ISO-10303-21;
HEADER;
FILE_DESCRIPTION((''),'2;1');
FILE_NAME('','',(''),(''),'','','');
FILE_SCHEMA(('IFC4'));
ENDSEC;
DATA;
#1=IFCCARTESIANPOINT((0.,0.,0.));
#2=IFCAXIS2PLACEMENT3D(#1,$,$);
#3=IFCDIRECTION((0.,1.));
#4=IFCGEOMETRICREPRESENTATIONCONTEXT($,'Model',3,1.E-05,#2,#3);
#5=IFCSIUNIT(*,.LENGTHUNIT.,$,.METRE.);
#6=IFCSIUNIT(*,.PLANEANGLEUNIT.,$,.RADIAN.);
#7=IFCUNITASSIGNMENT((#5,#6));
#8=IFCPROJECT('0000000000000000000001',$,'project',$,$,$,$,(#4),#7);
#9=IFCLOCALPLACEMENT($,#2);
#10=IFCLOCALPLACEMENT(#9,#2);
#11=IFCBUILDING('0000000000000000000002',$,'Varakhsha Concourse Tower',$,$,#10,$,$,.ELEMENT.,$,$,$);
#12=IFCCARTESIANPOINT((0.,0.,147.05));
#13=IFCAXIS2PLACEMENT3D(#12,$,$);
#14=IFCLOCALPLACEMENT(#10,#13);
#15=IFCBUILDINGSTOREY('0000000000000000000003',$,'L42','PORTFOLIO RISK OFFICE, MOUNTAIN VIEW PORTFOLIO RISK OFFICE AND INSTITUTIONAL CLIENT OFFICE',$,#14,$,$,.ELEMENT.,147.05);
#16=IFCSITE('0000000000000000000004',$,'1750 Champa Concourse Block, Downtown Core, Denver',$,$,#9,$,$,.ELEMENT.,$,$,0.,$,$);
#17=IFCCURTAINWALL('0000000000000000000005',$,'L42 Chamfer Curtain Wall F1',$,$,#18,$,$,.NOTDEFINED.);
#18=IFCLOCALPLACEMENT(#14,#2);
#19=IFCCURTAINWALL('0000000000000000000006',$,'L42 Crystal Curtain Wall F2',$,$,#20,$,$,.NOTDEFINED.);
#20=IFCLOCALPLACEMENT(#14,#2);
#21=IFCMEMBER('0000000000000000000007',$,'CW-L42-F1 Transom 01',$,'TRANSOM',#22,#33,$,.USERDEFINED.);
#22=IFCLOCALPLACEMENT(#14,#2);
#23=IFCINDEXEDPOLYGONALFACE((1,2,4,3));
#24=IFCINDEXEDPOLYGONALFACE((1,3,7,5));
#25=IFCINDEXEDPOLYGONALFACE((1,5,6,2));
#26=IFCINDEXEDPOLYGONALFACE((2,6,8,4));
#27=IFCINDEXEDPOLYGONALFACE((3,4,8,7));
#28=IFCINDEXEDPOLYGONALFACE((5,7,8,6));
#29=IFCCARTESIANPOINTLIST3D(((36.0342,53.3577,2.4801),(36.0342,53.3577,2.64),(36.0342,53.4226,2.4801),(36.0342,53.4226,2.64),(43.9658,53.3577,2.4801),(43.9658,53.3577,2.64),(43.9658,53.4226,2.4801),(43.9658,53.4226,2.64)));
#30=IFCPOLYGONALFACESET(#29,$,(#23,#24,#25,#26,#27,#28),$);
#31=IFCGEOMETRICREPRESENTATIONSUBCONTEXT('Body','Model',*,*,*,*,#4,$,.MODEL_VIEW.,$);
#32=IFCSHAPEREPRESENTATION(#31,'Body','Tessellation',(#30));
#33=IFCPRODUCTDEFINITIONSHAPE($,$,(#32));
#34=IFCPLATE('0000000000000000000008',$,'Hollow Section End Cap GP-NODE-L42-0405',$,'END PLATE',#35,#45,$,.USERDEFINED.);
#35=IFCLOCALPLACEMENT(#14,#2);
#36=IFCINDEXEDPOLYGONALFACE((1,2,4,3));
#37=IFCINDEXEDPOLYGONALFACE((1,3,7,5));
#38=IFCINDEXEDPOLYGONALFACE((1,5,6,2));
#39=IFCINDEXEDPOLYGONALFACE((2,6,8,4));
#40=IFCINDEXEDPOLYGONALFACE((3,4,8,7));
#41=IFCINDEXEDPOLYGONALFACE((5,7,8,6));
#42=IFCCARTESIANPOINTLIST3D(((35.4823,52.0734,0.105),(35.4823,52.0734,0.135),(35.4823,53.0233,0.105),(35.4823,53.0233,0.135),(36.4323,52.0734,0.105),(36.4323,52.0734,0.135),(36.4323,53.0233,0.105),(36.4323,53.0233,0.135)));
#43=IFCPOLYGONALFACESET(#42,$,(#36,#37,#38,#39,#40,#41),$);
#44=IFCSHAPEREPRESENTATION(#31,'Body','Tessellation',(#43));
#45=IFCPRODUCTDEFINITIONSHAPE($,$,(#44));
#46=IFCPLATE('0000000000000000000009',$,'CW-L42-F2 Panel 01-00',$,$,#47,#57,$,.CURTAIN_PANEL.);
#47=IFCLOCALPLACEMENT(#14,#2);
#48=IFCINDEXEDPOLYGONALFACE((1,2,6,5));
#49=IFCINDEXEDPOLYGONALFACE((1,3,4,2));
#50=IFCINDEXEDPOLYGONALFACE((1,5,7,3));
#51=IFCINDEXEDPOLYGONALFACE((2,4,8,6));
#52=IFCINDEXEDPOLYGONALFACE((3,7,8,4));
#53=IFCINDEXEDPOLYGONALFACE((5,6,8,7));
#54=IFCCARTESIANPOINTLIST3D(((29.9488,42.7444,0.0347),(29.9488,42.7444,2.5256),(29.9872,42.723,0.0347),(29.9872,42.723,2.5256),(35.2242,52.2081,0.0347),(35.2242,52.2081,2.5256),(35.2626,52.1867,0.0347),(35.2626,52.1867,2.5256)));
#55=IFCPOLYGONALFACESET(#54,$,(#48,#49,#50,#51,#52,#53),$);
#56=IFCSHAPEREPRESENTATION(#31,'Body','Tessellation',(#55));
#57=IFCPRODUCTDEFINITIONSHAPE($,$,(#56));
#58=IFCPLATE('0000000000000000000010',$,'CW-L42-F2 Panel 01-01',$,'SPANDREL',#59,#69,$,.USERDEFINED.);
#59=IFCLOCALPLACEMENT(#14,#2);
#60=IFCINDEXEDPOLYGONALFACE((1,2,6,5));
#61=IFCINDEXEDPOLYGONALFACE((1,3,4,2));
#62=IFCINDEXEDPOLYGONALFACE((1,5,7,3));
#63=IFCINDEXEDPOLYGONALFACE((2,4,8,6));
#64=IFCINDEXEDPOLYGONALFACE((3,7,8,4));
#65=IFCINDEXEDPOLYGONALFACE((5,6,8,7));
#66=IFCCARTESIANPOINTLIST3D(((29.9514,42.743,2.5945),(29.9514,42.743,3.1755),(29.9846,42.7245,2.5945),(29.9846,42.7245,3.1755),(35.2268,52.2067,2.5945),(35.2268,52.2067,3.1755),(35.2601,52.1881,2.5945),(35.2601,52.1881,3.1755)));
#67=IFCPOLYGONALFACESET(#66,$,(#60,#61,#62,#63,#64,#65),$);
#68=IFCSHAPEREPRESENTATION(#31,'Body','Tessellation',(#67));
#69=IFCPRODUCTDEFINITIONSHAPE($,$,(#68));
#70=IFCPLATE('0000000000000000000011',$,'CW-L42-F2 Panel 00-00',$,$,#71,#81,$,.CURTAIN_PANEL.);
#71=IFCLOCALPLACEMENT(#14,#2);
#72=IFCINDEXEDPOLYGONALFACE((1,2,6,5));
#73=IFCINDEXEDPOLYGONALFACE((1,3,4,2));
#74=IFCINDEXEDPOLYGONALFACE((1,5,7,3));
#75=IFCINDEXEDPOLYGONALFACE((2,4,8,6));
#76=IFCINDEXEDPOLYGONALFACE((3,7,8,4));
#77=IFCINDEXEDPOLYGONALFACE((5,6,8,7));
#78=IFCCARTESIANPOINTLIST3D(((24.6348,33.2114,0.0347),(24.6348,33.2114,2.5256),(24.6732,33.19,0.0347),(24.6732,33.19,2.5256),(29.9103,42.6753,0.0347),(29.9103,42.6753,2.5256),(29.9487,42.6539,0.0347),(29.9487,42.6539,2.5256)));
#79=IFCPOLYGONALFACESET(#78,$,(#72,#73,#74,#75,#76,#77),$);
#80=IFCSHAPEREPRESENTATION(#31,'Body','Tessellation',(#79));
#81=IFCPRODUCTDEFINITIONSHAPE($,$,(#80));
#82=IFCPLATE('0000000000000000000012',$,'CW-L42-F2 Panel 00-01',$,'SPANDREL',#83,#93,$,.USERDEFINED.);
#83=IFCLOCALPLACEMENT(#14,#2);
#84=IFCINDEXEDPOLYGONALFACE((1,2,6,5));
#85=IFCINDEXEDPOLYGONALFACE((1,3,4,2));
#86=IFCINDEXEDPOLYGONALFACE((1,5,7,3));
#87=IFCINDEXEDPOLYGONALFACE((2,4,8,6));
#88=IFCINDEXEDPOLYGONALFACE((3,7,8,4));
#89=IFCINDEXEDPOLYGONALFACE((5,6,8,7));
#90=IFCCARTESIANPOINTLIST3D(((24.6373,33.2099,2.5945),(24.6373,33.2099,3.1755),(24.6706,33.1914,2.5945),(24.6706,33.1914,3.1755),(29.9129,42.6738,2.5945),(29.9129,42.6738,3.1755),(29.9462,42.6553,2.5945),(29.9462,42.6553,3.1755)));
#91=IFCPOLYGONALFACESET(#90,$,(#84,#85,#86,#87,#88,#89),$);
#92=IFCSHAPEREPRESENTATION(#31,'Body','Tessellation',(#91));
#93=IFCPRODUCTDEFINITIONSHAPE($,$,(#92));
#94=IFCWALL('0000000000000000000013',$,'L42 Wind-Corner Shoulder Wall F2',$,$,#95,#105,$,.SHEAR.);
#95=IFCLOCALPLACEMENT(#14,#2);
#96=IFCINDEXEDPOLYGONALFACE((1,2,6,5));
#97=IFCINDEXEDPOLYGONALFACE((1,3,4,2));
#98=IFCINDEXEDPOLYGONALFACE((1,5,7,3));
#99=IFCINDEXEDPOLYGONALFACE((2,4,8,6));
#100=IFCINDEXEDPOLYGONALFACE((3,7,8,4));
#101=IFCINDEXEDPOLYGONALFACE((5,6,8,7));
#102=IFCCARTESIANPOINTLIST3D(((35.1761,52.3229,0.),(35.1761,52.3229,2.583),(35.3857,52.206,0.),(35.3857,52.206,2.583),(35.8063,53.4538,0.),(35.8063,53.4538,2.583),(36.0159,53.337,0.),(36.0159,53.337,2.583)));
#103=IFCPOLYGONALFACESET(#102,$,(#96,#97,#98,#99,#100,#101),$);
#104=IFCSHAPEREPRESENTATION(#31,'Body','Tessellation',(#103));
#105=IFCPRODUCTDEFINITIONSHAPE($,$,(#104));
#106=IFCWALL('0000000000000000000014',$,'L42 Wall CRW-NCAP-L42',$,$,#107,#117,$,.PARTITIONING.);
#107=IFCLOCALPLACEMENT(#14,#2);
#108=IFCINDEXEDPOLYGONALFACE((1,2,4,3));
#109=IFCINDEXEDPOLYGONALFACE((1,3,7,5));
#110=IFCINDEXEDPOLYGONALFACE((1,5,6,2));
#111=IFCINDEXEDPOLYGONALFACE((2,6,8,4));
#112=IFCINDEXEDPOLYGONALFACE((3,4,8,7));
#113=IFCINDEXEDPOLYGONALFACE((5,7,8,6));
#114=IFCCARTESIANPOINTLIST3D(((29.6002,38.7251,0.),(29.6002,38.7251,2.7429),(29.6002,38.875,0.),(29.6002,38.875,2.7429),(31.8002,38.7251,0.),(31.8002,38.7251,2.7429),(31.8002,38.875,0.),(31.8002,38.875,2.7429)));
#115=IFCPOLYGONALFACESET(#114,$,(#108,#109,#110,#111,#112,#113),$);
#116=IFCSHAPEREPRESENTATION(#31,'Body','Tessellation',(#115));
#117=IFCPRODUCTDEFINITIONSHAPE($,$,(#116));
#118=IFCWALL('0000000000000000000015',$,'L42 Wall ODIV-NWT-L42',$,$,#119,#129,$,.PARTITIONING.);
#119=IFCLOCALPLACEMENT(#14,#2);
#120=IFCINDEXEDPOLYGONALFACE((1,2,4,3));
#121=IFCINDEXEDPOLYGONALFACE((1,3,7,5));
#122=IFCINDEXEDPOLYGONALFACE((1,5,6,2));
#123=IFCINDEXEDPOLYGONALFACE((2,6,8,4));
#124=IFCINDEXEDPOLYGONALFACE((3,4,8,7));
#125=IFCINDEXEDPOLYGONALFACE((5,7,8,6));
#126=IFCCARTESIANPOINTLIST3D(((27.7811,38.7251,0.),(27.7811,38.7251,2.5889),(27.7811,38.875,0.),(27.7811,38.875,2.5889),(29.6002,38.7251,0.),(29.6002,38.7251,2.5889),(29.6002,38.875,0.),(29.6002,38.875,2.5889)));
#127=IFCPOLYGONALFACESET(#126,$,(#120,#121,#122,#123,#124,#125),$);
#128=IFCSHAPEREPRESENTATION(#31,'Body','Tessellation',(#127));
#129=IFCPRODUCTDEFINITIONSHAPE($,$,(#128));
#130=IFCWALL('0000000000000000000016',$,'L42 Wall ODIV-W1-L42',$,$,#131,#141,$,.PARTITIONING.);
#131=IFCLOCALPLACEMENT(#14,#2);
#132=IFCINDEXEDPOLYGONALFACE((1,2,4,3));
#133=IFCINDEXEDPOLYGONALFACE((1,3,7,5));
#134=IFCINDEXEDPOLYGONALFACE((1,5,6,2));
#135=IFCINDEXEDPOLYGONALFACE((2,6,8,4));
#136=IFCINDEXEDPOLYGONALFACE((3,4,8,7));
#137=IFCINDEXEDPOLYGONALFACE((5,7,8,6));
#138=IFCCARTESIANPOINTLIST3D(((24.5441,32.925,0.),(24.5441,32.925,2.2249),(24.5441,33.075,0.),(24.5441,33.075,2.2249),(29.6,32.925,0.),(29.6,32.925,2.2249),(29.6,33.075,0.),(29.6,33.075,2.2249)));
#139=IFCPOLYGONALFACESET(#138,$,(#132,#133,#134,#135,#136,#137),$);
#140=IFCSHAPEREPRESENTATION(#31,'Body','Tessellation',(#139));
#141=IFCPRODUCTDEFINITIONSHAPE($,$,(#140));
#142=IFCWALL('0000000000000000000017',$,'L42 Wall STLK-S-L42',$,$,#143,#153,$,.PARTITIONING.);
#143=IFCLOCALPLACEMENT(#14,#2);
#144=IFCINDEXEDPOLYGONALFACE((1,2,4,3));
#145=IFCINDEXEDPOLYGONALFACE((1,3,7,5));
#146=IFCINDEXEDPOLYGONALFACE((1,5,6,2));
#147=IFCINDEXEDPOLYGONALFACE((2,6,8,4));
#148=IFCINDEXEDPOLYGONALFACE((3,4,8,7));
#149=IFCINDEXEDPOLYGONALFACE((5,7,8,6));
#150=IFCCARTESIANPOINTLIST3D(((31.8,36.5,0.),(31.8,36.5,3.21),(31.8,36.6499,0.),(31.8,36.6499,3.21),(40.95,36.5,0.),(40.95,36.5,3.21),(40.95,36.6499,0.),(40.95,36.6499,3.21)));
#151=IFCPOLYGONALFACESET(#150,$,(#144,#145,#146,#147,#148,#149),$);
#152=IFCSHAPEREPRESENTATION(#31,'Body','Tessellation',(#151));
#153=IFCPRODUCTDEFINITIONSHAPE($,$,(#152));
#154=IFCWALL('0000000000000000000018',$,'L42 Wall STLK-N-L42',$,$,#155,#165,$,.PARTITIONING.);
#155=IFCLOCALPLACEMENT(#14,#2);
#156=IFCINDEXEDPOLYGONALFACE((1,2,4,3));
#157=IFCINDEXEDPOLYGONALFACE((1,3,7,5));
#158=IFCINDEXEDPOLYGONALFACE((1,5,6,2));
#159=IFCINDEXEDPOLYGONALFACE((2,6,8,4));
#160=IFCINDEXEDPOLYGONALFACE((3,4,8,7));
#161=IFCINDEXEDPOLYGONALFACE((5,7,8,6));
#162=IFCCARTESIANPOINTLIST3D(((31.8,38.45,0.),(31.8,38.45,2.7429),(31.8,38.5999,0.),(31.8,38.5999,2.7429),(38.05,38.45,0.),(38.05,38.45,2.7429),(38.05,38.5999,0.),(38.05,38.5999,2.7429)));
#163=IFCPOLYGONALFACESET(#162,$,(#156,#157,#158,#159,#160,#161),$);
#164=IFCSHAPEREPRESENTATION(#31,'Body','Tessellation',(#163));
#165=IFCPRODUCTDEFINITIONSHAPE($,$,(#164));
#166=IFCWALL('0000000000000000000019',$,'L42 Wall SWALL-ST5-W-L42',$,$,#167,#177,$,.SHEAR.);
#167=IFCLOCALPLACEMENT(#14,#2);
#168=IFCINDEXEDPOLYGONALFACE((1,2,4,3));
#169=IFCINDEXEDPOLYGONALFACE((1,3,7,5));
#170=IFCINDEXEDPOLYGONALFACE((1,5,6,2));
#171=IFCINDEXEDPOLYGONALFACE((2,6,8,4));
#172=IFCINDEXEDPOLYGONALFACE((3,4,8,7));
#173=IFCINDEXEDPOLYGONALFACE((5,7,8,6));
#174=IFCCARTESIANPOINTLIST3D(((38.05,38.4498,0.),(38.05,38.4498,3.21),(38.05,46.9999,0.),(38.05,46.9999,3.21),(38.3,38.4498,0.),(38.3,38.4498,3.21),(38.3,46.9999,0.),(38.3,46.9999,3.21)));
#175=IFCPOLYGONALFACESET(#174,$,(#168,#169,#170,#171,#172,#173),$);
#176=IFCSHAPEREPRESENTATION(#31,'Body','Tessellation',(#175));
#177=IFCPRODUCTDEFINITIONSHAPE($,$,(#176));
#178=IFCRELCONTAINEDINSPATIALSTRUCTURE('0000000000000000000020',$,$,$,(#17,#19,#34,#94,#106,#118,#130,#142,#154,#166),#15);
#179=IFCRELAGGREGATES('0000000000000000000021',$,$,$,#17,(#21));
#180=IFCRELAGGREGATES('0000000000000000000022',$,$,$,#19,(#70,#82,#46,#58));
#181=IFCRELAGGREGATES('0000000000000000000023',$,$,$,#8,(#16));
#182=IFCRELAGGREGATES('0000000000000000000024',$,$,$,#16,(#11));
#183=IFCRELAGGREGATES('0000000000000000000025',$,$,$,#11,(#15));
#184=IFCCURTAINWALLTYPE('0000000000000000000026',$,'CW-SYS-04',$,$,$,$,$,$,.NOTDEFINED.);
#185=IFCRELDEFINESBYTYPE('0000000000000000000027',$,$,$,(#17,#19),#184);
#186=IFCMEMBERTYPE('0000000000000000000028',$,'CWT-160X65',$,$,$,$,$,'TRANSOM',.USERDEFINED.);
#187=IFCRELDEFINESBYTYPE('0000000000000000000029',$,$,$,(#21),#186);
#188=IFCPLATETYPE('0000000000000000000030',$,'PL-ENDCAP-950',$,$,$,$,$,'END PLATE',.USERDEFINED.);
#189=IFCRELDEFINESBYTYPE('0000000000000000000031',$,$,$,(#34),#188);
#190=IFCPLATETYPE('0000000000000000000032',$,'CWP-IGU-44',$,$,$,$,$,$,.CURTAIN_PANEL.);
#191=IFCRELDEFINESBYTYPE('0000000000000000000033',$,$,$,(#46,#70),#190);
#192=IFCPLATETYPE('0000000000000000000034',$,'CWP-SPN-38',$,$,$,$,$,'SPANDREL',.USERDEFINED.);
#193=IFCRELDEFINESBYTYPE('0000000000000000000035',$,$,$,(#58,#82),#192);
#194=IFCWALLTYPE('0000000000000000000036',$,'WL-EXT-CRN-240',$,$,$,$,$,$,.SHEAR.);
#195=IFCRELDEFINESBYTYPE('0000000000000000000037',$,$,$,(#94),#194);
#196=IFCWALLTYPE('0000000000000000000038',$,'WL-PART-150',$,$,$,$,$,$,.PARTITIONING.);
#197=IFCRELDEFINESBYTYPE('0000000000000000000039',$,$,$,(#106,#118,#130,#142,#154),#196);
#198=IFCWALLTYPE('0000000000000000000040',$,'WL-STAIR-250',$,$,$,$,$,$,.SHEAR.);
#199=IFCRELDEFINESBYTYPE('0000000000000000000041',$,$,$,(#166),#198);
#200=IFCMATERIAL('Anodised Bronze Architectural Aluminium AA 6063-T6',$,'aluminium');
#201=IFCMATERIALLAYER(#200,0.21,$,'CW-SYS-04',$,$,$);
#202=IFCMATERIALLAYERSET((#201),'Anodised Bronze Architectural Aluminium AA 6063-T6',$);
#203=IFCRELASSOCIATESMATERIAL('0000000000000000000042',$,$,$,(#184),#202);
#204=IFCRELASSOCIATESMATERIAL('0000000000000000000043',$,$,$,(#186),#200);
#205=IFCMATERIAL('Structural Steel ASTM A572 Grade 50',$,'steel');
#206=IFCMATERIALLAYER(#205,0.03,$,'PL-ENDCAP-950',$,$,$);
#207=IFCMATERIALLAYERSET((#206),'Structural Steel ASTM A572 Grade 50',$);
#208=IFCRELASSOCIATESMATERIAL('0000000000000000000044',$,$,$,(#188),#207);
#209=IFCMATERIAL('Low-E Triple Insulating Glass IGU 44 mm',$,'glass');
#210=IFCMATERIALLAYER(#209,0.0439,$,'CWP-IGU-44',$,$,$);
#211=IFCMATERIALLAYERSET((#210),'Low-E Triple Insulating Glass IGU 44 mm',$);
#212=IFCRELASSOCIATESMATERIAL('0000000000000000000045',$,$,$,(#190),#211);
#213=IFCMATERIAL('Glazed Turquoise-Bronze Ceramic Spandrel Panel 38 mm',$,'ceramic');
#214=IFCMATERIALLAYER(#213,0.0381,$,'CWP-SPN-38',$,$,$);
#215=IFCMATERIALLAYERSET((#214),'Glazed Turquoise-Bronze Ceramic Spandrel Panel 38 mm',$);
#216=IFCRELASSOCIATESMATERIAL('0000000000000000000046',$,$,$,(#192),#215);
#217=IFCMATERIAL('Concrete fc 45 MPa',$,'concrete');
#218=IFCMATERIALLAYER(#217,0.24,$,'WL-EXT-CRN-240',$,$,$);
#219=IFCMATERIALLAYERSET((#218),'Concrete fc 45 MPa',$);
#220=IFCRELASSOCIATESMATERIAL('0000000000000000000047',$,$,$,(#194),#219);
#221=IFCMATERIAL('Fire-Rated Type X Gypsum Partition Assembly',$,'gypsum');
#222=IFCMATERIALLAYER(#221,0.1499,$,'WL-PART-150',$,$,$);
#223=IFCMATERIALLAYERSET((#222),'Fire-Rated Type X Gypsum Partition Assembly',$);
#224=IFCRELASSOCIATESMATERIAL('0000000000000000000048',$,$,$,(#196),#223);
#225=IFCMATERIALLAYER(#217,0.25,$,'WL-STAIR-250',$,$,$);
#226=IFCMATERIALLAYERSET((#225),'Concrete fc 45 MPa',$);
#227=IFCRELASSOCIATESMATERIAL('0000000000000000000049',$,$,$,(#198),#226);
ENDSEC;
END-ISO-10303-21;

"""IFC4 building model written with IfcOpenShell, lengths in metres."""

from ifc_helpers import new_model, si_unit, direction, frame, frame_2d, origin, origin_2d, place, context, subcontext, project, spatial, rectangle, extrude, source, transform, mapped, material, layer, layer_set, material_profile, profile_set, type_object, type_shapes, element, aggregate, save


model = new_model("IFC4")

# Units and contexts
model_context = context("Model", 3, precision=1e-05, world=origin(), true_north=direction((0.0, 1.0)))
body_context = subcontext(model_context, "Body", "Model", "MODEL_VIEW")
ifc_project = project(units=[si_unit("LENGTHUNIT", "METRE"), si_unit("PLANEANGLEUNIT", "RADIAN")], contexts=[model_context])

# Site, building, storey
site_placement = place(None, origin())
site = spatial("IfcSite", under=ifc_project, at=site_placement, Name="1750 Champa Concourse Block, Downtown Core, Denver", CompositionType="ELEMENT", RefElevation=0.0)
building_placement = place(site_placement, origin())
building = spatial("IfcBuilding", under=site, at=building_placement, Name="Varakhsha Concourse Tower", CompositionType="ELEMENT")
storey_placement = place(building_placement, frame((0.0, 0.0, 147.05)))
storey = spatial("IfcBuildingStorey", under=building, at=storey_placement, Name="L42", Description="PORTFOLIO RISK OFFICE, MOUNTAIN VIEW PORTFOLIO RISK OFFICE AND INSTITUTIONAL CLIENT OFFICE", CompositionType="ELEMENT", Elevation=147.05)

# Shared definitions
ifc_material_1 = material(Name="Structural Steel ASTM A572 Grade 50", Category="steel")

# Curtain wall
ifc_material_2 = material(Name="Anodised Bronze Architectural Aluminium AA 6063-T6", Category="aluminium")
ifc_layer_1 = layer(ifc_material_2, 0.21, Name="CW-SYS-04")
ifc_layer_set_1 = layer_set([ifc_layer_1], Name="Anodised Bronze Architectural Aluminium AA 6063-T6")
curtain_wall_type = type_object("IfcCurtainWallType", Name="CW-SYS-04", PredefinedType="NOTDEFINED", material=ifc_layer_set_1)
curtain_wall_1_placement = place(storey_placement, origin())
curtain_wall_1 = element("IfcCurtainWall", 1, at=curtain_wall_1_placement, inside=storey, type_object=curtain_wall_type, Name="L42 Chamfer Curtain Wall F1", PredefinedType="NOTDEFINED")

# Curtain wall
curtain_wall_2_placement = place(storey_placement, origin())
curtain_wall_2 = element("IfcCurtainWall", 2, at=curtain_wall_2_placement, inside=storey, type_object=curtain_wall_type, Name="L42 Crystal Curtain Wall F2", PredefinedType="NOTDEFINED")

# Member
ifc_material_profile_1 = material_profile(ifc_material_2, rectangle(XDim=0.0649, YDim=0.1599, at=origin_2d()), Name="CWT-160X65")
ifc_profile_set_1 = profile_set([ifc_material_profile_1], Name="Anodised Bronze Architectural Aluminium AA 6063-T6")
member_type_1 = type_object("IfcMemberType", Name="CWT-160X65", ElementType="TRANSOM", PredefinedType="USERDEFINED", material=ifc_profile_set_1)
shared_shape_1 = source(origin(), body_context, "Body", "SweptSolid", [
    extrude(rectangle(XDim=0.0649, YDim=0.1599, at=origin_2d()), origin(), (0.0, 0.0, 1.0), 7.9316),
])
member_1_placement = place(storey_placement, frame((36.0342, 53.3901, 2.5601), z_axis=(1.0, 0.0, 0.0), x_axis=(0.0, 1.0, 0.0)))
member_1 = element("IfcMember", 3, at=member_1_placement, type_object=member_type_1, Name="CW-L42-F1 Transom 01", ObjectType="TRANSOM", PredefinedType="USERDEFINED", context=body_context, shape_type="MappedRepresentation", body=[
    mapped(shared_shape_1, transform((0.0, 0.0, 0.0), scale=1.0)),
])
aggregate(curtain_wall_1, [member_1])

# Plates
ifc_layer_2 = layer(ifc_material_1, 0.03, Name="PL-ENDCAP-950")
ifc_layer_set_2 = layer_set([ifc_layer_2], Name="Structural Steel ASTM A572 Grade 50")
plate_type_1 = type_object("IfcPlateType", Name="PL-ENDCAP-950", ElementType="END PLATE", PredefinedType="USERDEFINED", material=ifc_layer_set_2)
shared_shape_2 = source(origin(), body_context, "Body", "SweptSolid", [
    extrude(rectangle(XDim=0.95, YDim=0.95, at=origin_2d()), origin(), (0.0, 0.0, 1.0), 0.03),
])
type_shapes(plate_type_1, [shared_shape_2])
plate_1_placement = place(storey_placement, frame((35.9573, 52.5483, 0.105), z_axis=(0.0, 0.0, 1.0), x_axis=(1.0, 0.0, 0.0)))
element("IfcPlate", 4, at=plate_1_placement, inside=storey, type_object=plate_type_1, Name="Hollow Section End Cap GP-NODE-L42-0405", ObjectType="END PLATE", PredefinedType="USERDEFINED", context=body_context, shape_type="MappedRepresentation", body=[
    mapped(shared_shape_2, transform((0.0, 0.0, 0.0), scale=1.0)),
])
ifc_material_3 = material(Name="Low-E Triple Insulating Glass IGU 44 mm", Category="glass")
ifc_layer_3 = layer(ifc_material_3, 0.0439, Name="CWP-IGU-44")
ifc_layer_set_3 = layer_set([ifc_layer_3], Name="Low-E Triple Insulating Glass IGU 44 mm")
plate_type_2 = type_object("IfcPlateType", Name="CWP-IGU-44", PredefinedType="CURTAIN_PANEL", material=ifc_layer_set_3)
shared_shape_3 = source(origin(), body_context, "Body", "SweptSolid", [
    extrude(rectangle(XDim=10.8347, YDim=0.0439, at=origin_2d()), origin(), (0.0, 0.0, 1.0), 2.491),
])
plate_2_placement = place(storey_placement, frame((32.6057, 47.4656, 0.0347), z_axis=(0.0, 0.0, 1.0), x_axis=(0.4869, 0.873458, 0.0)))
plate_2 = element("IfcPlate", 5, at=plate_2_placement, type_object=plate_type_2, Name="CW-L42-F2 Panel 01-00", PredefinedType="CURTAIN_PANEL", context=body_context, shape_type="MappedRepresentation", body=[
    mapped(shared_shape_3, transform((0.0, 0.0, 0.0), scale=1.0)),
])
ifc_material_4 = material(Name="Glazed Turquoise-Bronze Ceramic Spandrel Panel 38 mm", Category="ceramic")
ifc_layer_4 = layer(ifc_material_4, 0.0381, Name="CWP-SPN-38")
ifc_layer_set_4 = layer_set([ifc_layer_4], Name="Glazed Turquoise-Bronze Ceramic Spandrel Panel 38 mm")
plate_type_3 = type_object("IfcPlateType", Name="CWP-SPN-38", ElementType="SPANDREL", PredefinedType="USERDEFINED", material=ifc_layer_set_4)
shared_shape_4 = source(origin(), body_context, "Body", "SweptSolid", [
    extrude(rectangle(XDim=10.8347, YDim=0.0381, at=origin_2d()), origin(), (0.0, 0.0, 1.0), 0.5811),
])
plate_3_placement = place(storey_placement, frame((32.6057, 47.4656, 2.5945), z_axis=(0.0, 0.0, 1.0), x_axis=(0.4869, 0.873458, 0.0)))
plate_3 = element("IfcPlate", 6, at=plate_3_placement, type_object=plate_type_3, Name="CW-L42-F2 Panel 01-01", ObjectType="SPANDREL", PredefinedType="USERDEFINED", context=body_context, shape_type="MappedRepresentation", body=[
    mapped(shared_shape_4, transform((0.0, 0.0, 0.0), scale=1.0)),
])
shared_shape_5 = source(origin(), body_context, "Body", "SweptSolid", [
    extrude(rectangle(XDim=10.835, YDim=0.0439, at=origin_2d()), origin(), (0.0, 0.0, 1.0), 2.491),
])
type_shapes(plate_type_2, [shared_shape_3, shared_shape_5])
plate_4_placement = place(storey_placement, frame((27.2917, 37.9326, 0.0347), z_axis=(0.0, 0.0, 1.0), x_axis=(0.4869, 0.873458, 0.0)))
plate_4 = element("IfcPlate", 7, at=plate_4_placement, type_object=plate_type_2, Name="CW-L42-F2 Panel 00-00", PredefinedType="CURTAIN_PANEL", context=body_context, shape_type="MappedRepresentation", body=[
    mapped(shared_shape_5, transform((0.0, 0.0, 0.0), scale=1.0)),
])
shared_shape_6 = source(origin(), body_context, "Body", "SweptSolid", [
    extrude(rectangle(XDim=10.835, YDim=0.0381, at=origin_2d()), origin(), (0.0, 0.0, 1.0), 0.5811),
])
type_shapes(plate_type_3, [shared_shape_4, shared_shape_6])
plate_5_placement = place(storey_placement, frame((27.2917, 37.9326, 2.5945), z_axis=(0.0, 0.0, 1.0), x_axis=(0.4869, 0.873458, 0.0)))
plate_5 = element("IfcPlate", 8, at=plate_5_placement, type_object=plate_type_3, Name="CW-L42-F2 Panel 00-01", ObjectType="SPANDREL", PredefinedType="USERDEFINED", context=body_context, shape_type="MappedRepresentation", body=[
    mapped(shared_shape_6, transform((0.0, 0.0, 0.0), scale=1.0)),
])
aggregate(curtain_wall_2, [plate_4, plate_5, plate_2, plate_3])

# Walls
ifc_material_5 = material(Name="Concrete fc 45 MPa", Category="concrete")
ifc_layer_5 = layer(ifc_material_5, 0.24, Name="WL-EXT-CRN-240")
ifc_layer_set_5 = layer_set([ifc_layer_5], Name="Concrete fc 45 MPa")
wall_type_1 = type_object("IfcWallType", Name="WL-EXT-CRN-240", PredefinedType="SHEAR", material=ifc_layer_set_5)
wall_1_placement = place(storey_placement, frame((35.9111, 53.3955, 0.0), z_axis=(0.0, 0.0, 1.0), x_axis=(-0.486747, -0.873543, 0.0)))
element("IfcWall", 9, at=wall_1_placement, inside=storey, type_object=wall_type_1, Name="L42 Wind-Corner Shoulder Wall F2", PredefinedType="SHEAR", context=body_context, shape_type="SweptSolid", body=[
    extrude(rectangle(XDim=1.2947, YDim=0.24, at=frame_2d((0.6475, 0.0))), origin(), (0.0, 0.0, 1.0), 2.583),
])
ifc_material_6 = material(Name="Fire-Rated Type X Gypsum Partition Assembly", Category="gypsum")
ifc_layer_6 = layer(ifc_material_6, 0.1499, Name="WL-PART-150")
ifc_layer_set_6 = layer_set([ifc_layer_6], Name="Fire-Rated Type X Gypsum Partition Assembly")
wall_type_2 = type_object("IfcWallType", Name="WL-PART-150", PredefinedType="PARTITIONING", material=ifc_layer_set_6)
wall_2_placement = place(storey_placement, frame((29.6001, 38.8, 0.0), z_axis=(0.0, 0.0, 1.0), x_axis=(1.0, 0.0, 0.0)))
element("IfcWall", 10, at=wall_2_placement, inside=storey, type_object=wall_type_2, Name="L42 Wall CRW-NCAP-L42", PredefinedType="PARTITIONING", context=body_context, shape_type="SweptSolid", body=[
    extrude(rectangle(XDim=2.2, YDim=0.1499, at=frame_2d((1.1001, 0.0))), origin(), (0.0, 0.0, 1.0), 2.7429),
])
wall_3_placement = place(storey_placement, frame((27.781, 38.8, 0.0), z_axis=(0.0, 0.0, 1.0), x_axis=(1.0, 0.0, 0.0)))
element("IfcWall", 11, at=wall_3_placement, inside=storey, type_object=wall_type_2, Name="L42 Wall ODIV-NWT-L42", PredefinedType="PARTITIONING", context=body_context, shape_type="SweptSolid", body=[
    extrude(rectangle(XDim=1.8191, YDim=0.1499, at=frame_2d((0.9097, 0.0))), origin(), (0.0, 0.0, 1.0), 2.5889),
])
wall_4_placement = place(storey_placement, frame((24.5442, 33.0, 0.0), z_axis=(0.0, 0.0, 1.0), x_axis=(1.0, 0.0, 0.0)))
element("IfcWall", 12, at=wall_4_placement, inside=storey, type_object=wall_type_2, Name="L42 Wall ODIV-W1-L42", PredefinedType="PARTITIONING", context=body_context, shape_type="SweptSolid", body=[
    extrude(rectangle(XDim=5.0559, YDim=0.1499, at=frame_2d((2.5278, 0.0))), origin(), (0.0, 0.0, 1.0), 2.2249),
])
wall_5_placement = place(storey_placement, frame((31.8, 36.575, 0.0), z_axis=(0.0, 0.0, 1.0), x_axis=(1.0, 0.0, 0.0)))
element("IfcWall", 13, at=wall_5_placement, inside=storey, type_object=wall_type_2, Name="L42 Wall STLK-S-L42", PredefinedType="PARTITIONING", context=body_context, shape_type="SweptSolid", body=[
    extrude(rectangle(XDim=9.1499, YDim=0.1499, at=frame_2d((4.575, 0.0))), origin(), (0.0, 0.0, 1.0), 3.21),
])
wall_6_placement = place(storey_placement, frame((31.8, 38.5249, 0.0), z_axis=(0.0, 0.0, 1.0), x_axis=(1.0, 0.0, 0.0)))
element("IfcWall", 14, at=wall_6_placement, inside=storey, type_object=wall_type_2, Name="L42 Wall STLK-N-L42", PredefinedType="PARTITIONING", context=body_context, shape_type="SweptSolid", body=[
    extrude(rectangle(XDim=6.25, YDim=0.1499, at=frame_2d((3.125, 0.0))), origin(), (0.0, 0.0, 1.0), 2.7429),
])
ifc_layer_7 = layer(ifc_material_5, 0.25, Name="WL-STAIR-250")
ifc_layer_set_7 = layer_set([ifc_layer_7], Name="Concrete fc 45 MPa")
wall_type_3 = type_object("IfcWallType", Name="WL-STAIR-250", PredefinedType="SHEAR", material=ifc_layer_set_7)
wall_7_placement = place(storey_placement, frame((38.175, 38.45, 0.0), z_axis=(0.0, 0.0, 1.0), x_axis=(0.0, 1.0, 0.0)))
element("IfcWall", 15, at=wall_7_placement, inside=storey, type_object=wall_type_3, Name="L42 Wall SWALL-ST5-W-L42", PredefinedType="SHEAR", context=body_context, shape_type="SweptSolid", body=[
    extrude(rectangle(XDim=8.55, YDim=0.25, at=frame_2d((4.2749, 0.0))), origin(), (0.0, 0.0, 1.0), 3.21),
])

save(model, "model.ifc")
